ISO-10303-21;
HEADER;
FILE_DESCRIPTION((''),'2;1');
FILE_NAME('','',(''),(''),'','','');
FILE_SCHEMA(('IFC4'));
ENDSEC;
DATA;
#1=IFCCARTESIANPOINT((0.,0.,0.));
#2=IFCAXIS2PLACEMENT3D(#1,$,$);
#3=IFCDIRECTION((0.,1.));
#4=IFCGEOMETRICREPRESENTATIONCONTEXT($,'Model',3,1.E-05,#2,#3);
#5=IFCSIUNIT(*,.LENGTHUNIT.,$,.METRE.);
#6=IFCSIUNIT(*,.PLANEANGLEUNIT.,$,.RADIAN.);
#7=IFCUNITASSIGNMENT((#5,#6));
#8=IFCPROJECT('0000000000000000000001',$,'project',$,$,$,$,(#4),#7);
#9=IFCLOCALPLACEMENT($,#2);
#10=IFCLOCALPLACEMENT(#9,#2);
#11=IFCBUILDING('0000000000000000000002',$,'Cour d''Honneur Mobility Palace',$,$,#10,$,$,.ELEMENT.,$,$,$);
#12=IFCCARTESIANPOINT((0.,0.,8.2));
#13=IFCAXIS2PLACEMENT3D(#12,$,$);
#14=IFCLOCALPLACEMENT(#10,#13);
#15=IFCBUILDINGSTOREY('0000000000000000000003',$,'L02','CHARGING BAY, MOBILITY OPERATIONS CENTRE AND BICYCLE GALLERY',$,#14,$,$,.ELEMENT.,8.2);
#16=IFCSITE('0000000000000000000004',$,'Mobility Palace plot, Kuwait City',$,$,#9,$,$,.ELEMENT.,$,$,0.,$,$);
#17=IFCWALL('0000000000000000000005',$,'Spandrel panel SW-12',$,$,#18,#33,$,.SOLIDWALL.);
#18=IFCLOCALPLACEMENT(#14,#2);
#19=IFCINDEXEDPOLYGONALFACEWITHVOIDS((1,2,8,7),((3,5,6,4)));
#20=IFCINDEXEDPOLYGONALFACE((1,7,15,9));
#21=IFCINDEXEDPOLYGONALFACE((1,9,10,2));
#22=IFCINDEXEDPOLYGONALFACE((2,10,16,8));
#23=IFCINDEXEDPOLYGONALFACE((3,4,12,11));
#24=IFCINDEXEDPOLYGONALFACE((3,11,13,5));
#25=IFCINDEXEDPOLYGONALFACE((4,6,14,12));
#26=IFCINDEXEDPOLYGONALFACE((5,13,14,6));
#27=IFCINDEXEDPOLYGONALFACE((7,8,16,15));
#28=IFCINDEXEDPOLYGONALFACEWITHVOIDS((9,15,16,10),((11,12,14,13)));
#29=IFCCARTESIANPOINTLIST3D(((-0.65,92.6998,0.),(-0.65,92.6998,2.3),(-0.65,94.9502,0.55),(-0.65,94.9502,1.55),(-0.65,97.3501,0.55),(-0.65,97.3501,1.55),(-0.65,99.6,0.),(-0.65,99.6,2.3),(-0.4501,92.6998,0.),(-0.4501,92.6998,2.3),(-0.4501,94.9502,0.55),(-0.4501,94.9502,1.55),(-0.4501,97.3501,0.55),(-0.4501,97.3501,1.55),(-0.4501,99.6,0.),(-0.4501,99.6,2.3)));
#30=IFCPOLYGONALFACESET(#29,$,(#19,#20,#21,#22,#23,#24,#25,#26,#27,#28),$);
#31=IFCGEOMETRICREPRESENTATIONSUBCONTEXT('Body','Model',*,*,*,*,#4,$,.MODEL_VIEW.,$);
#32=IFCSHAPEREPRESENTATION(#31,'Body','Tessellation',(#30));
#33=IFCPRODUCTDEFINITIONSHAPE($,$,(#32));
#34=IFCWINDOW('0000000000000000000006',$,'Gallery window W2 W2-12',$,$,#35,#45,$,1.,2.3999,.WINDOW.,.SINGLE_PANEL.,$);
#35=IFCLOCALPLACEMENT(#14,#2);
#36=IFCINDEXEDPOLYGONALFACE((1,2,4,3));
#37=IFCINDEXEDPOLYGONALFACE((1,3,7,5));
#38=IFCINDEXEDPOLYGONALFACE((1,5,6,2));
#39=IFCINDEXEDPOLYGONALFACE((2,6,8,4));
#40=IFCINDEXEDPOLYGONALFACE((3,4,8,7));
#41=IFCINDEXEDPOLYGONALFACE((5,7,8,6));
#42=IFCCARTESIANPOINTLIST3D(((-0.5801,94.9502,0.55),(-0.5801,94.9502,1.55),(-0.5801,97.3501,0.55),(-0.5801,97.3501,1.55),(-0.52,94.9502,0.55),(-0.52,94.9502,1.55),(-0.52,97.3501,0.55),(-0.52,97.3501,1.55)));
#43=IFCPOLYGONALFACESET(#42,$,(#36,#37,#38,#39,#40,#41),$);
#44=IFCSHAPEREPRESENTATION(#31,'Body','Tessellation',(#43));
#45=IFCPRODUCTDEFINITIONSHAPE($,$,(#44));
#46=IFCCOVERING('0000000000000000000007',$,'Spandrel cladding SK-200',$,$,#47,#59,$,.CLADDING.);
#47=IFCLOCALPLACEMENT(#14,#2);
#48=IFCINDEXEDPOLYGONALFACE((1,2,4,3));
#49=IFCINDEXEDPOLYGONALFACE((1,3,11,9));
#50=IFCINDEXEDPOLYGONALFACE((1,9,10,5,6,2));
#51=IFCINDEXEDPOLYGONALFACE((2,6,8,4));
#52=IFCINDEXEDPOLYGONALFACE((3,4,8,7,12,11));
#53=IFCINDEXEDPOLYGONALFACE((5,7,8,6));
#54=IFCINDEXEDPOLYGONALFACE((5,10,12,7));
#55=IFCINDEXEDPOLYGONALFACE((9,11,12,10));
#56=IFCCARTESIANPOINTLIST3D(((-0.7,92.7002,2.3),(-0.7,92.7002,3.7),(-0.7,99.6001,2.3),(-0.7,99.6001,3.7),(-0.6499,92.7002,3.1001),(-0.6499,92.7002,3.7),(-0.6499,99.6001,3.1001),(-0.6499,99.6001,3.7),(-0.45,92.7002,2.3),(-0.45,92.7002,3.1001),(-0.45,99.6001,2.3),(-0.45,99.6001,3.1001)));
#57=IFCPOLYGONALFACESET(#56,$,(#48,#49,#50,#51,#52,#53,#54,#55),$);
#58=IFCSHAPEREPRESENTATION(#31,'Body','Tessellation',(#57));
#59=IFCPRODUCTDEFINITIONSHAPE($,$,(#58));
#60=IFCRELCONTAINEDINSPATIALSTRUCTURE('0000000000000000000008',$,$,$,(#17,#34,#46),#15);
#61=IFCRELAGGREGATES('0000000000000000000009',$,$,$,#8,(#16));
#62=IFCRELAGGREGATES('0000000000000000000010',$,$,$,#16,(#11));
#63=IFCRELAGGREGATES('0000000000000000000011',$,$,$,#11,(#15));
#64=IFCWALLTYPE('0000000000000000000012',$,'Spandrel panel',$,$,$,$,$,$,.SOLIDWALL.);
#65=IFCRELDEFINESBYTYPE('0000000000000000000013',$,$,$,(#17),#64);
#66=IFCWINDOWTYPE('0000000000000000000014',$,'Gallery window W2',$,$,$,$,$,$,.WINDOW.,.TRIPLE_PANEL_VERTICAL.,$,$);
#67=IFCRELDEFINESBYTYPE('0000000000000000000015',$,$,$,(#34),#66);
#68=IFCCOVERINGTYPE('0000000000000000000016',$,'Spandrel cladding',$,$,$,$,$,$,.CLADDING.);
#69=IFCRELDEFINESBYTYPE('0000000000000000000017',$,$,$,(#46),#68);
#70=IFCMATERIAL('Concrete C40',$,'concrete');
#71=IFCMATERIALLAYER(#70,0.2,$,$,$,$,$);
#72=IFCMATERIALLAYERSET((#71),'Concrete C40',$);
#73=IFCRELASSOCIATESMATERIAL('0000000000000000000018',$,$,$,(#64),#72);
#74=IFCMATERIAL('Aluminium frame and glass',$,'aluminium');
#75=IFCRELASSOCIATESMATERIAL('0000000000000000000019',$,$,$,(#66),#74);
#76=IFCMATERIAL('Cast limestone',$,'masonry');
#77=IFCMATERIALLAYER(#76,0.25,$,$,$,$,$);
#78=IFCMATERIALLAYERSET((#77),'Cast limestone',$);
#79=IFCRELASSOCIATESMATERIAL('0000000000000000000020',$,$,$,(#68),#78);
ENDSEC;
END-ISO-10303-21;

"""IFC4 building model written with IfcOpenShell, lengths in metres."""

from ifc_helpers import new_model, si_unit, direction, frame, frame_2d, origin, place, context, subcontext, project, spatial, polyline, rectangle, outline, extrude, material, layer, layer_set, type_object, element, fill, save


model = new_model("IFC4")

# Units and contexts
model_context = context("Model", 3, precision=1e-05, world=origin(), true_north=direction((0.0, 1.0)))
body_context = subcontext(model_context, "Body", "Model", "MODEL_VIEW")
ifc_project = project(units=[si_unit("LENGTHUNIT", "METRE"), si_unit("PLANEANGLEUNIT", "RADIAN")], contexts=[model_context])

# Site, building, storey
site_placement = place(None, origin())
site = spatial("IfcSite", under=ifc_project, at=site_placement, Name="Mobility Palace plot, Kuwait City", CompositionType="ELEMENT", RefElevation=0.0)
building_placement = place(site_placement, origin())
building = spatial("IfcBuilding", under=site, at=building_placement, Name="Cour d'Honneur Mobility Palace", CompositionType="ELEMENT")
storey_placement = place(building_placement, frame((0.0, 0.0, 8.2)))
storey = spatial("IfcBuildingStorey", under=building, at=storey_placement, Name="L02", Description="CHARGING BAY, MOBILITY OPERATIONS CENTRE AND BICYCLE GALLERY", CompositionType="ELEMENT", Elevation=8.2)

# Wall, opening, window
ifc_material_1 = material(Name="Concrete C40", Category="concrete")
ifc_layer_1 = layer(ifc_material_1, 0.2)
ifc_layer_set_1 = layer_set([ifc_layer_1], Name="Concrete C40")
wall_type_1 = type_object("IfcWallType", Name="Spandrel panel", PredefinedType="SOLIDWALL", material=ifc_layer_set_1)
wall_1_placement = place(storey_placement, frame((-0.55, 99.6001, 0.0), z_axis=(0.0, 0.0, 1.0), x_axis=(0.0, -1.0, 0.0)))
wall_1 = element("IfcWall", 1, at=wall_1_placement, inside=storey, type_object=wall_type_1, Name="Spandrel panel SW-12", PredefinedType="SOLIDWALL", context=body_context, shape_type="SweptSolid", body=[
    extrude(rectangle(XDim=6.9001, YDim=0.2, at=frame_2d((3.4502, 0.0))), origin(), (0.0, 0.0, 1.0), 2.3),
])
opening_1_placement = place(wall_1_placement, frame((2.25, 0.0, 0.55)))
opening_1 = element("IfcOpeningElement", 2, at=opening_1_placement, cuts=wall_1, PredefinedType="OPENING", context=body_context, shape_type="SweptSolid", body=[
    extrude(rectangle(XDim=2.3999, YDim=1.0, at=frame_2d((1.2, 0.5))), frame((0.0, 0.1099, 0.0), z_axis=(0.0, -1.0, 0.0), x_axis=(1.0, 0.0, 0.0)), (0.0, 0.0, 1.0), 0.22),
])
ifc_material_2 = material(Name="Aluminium frame and glass", Category="aluminium")
window_type = type_object("IfcWindowType", Name="Gallery window W2", PartitioningType="TRIPLE_PANEL_VERTICAL", PredefinedType="WINDOW", material=ifc_material_2)
window_placement = place(opening_1_placement, origin())
window = element("IfcWindow", 3, at=window_placement, inside=storey, type_object=window_type, Name="Gallery window W2 W2-12", OverallHeight=1.0, OverallWidth=2.3999, PartitioningType="SINGLE_PANEL", PredefinedType="WINDOW", context=body_context, shape_type="SweptSolid", body=[
    extrude(rectangle(XDim=2.3999, YDim=1.0, at=frame_2d((1.2, 0.5))), frame((0.0, 0.03, 0.0), z_axis=(0.0, -1.0, 0.0), x_axis=(1.0, 0.0, 0.0)), (0.0, 0.0, 1.0), 0.0601),
])
fill(opening_1, window)

# Covering
ifc_material_3 = material(Name="Cast limestone", Category="masonry")
ifc_layer_2 = layer(ifc_material_3, 0.25)
ifc_layer_set_2 = layer_set([ifc_layer_2], Name="Cast limestone")
covering_type = type_object("IfcCoveringType", Name="Spandrel cladding", PredefinedType="CLADDING", material=ifc_layer_set_2)
covering_placement = place(storey_placement, frame((-0.45, 99.6001, 2.3), z_axis=(0.0, 1.0, 0.0), x_axis=(-1.0, 0.0, 0.0)))
element("IfcCovering", 4, at=covering_placement, inside=storey, type_object=covering_type, Name="Spandrel cladding SK-200", PredefinedType="CLADDING", context=body_context, shape_type="SweptSolid", body=[
    extrude(outline(polyline([(0.0, 0.0), (0.25, 0.0), (0.25, 1.3999), (0.2, 1.3999), (0.2, 0.8), (0.0, 0.8), (0.0, 0.0)])), origin(), (0.0, 0.0, -1.0), 6.8999),
])

save(model, "model.ifc")
